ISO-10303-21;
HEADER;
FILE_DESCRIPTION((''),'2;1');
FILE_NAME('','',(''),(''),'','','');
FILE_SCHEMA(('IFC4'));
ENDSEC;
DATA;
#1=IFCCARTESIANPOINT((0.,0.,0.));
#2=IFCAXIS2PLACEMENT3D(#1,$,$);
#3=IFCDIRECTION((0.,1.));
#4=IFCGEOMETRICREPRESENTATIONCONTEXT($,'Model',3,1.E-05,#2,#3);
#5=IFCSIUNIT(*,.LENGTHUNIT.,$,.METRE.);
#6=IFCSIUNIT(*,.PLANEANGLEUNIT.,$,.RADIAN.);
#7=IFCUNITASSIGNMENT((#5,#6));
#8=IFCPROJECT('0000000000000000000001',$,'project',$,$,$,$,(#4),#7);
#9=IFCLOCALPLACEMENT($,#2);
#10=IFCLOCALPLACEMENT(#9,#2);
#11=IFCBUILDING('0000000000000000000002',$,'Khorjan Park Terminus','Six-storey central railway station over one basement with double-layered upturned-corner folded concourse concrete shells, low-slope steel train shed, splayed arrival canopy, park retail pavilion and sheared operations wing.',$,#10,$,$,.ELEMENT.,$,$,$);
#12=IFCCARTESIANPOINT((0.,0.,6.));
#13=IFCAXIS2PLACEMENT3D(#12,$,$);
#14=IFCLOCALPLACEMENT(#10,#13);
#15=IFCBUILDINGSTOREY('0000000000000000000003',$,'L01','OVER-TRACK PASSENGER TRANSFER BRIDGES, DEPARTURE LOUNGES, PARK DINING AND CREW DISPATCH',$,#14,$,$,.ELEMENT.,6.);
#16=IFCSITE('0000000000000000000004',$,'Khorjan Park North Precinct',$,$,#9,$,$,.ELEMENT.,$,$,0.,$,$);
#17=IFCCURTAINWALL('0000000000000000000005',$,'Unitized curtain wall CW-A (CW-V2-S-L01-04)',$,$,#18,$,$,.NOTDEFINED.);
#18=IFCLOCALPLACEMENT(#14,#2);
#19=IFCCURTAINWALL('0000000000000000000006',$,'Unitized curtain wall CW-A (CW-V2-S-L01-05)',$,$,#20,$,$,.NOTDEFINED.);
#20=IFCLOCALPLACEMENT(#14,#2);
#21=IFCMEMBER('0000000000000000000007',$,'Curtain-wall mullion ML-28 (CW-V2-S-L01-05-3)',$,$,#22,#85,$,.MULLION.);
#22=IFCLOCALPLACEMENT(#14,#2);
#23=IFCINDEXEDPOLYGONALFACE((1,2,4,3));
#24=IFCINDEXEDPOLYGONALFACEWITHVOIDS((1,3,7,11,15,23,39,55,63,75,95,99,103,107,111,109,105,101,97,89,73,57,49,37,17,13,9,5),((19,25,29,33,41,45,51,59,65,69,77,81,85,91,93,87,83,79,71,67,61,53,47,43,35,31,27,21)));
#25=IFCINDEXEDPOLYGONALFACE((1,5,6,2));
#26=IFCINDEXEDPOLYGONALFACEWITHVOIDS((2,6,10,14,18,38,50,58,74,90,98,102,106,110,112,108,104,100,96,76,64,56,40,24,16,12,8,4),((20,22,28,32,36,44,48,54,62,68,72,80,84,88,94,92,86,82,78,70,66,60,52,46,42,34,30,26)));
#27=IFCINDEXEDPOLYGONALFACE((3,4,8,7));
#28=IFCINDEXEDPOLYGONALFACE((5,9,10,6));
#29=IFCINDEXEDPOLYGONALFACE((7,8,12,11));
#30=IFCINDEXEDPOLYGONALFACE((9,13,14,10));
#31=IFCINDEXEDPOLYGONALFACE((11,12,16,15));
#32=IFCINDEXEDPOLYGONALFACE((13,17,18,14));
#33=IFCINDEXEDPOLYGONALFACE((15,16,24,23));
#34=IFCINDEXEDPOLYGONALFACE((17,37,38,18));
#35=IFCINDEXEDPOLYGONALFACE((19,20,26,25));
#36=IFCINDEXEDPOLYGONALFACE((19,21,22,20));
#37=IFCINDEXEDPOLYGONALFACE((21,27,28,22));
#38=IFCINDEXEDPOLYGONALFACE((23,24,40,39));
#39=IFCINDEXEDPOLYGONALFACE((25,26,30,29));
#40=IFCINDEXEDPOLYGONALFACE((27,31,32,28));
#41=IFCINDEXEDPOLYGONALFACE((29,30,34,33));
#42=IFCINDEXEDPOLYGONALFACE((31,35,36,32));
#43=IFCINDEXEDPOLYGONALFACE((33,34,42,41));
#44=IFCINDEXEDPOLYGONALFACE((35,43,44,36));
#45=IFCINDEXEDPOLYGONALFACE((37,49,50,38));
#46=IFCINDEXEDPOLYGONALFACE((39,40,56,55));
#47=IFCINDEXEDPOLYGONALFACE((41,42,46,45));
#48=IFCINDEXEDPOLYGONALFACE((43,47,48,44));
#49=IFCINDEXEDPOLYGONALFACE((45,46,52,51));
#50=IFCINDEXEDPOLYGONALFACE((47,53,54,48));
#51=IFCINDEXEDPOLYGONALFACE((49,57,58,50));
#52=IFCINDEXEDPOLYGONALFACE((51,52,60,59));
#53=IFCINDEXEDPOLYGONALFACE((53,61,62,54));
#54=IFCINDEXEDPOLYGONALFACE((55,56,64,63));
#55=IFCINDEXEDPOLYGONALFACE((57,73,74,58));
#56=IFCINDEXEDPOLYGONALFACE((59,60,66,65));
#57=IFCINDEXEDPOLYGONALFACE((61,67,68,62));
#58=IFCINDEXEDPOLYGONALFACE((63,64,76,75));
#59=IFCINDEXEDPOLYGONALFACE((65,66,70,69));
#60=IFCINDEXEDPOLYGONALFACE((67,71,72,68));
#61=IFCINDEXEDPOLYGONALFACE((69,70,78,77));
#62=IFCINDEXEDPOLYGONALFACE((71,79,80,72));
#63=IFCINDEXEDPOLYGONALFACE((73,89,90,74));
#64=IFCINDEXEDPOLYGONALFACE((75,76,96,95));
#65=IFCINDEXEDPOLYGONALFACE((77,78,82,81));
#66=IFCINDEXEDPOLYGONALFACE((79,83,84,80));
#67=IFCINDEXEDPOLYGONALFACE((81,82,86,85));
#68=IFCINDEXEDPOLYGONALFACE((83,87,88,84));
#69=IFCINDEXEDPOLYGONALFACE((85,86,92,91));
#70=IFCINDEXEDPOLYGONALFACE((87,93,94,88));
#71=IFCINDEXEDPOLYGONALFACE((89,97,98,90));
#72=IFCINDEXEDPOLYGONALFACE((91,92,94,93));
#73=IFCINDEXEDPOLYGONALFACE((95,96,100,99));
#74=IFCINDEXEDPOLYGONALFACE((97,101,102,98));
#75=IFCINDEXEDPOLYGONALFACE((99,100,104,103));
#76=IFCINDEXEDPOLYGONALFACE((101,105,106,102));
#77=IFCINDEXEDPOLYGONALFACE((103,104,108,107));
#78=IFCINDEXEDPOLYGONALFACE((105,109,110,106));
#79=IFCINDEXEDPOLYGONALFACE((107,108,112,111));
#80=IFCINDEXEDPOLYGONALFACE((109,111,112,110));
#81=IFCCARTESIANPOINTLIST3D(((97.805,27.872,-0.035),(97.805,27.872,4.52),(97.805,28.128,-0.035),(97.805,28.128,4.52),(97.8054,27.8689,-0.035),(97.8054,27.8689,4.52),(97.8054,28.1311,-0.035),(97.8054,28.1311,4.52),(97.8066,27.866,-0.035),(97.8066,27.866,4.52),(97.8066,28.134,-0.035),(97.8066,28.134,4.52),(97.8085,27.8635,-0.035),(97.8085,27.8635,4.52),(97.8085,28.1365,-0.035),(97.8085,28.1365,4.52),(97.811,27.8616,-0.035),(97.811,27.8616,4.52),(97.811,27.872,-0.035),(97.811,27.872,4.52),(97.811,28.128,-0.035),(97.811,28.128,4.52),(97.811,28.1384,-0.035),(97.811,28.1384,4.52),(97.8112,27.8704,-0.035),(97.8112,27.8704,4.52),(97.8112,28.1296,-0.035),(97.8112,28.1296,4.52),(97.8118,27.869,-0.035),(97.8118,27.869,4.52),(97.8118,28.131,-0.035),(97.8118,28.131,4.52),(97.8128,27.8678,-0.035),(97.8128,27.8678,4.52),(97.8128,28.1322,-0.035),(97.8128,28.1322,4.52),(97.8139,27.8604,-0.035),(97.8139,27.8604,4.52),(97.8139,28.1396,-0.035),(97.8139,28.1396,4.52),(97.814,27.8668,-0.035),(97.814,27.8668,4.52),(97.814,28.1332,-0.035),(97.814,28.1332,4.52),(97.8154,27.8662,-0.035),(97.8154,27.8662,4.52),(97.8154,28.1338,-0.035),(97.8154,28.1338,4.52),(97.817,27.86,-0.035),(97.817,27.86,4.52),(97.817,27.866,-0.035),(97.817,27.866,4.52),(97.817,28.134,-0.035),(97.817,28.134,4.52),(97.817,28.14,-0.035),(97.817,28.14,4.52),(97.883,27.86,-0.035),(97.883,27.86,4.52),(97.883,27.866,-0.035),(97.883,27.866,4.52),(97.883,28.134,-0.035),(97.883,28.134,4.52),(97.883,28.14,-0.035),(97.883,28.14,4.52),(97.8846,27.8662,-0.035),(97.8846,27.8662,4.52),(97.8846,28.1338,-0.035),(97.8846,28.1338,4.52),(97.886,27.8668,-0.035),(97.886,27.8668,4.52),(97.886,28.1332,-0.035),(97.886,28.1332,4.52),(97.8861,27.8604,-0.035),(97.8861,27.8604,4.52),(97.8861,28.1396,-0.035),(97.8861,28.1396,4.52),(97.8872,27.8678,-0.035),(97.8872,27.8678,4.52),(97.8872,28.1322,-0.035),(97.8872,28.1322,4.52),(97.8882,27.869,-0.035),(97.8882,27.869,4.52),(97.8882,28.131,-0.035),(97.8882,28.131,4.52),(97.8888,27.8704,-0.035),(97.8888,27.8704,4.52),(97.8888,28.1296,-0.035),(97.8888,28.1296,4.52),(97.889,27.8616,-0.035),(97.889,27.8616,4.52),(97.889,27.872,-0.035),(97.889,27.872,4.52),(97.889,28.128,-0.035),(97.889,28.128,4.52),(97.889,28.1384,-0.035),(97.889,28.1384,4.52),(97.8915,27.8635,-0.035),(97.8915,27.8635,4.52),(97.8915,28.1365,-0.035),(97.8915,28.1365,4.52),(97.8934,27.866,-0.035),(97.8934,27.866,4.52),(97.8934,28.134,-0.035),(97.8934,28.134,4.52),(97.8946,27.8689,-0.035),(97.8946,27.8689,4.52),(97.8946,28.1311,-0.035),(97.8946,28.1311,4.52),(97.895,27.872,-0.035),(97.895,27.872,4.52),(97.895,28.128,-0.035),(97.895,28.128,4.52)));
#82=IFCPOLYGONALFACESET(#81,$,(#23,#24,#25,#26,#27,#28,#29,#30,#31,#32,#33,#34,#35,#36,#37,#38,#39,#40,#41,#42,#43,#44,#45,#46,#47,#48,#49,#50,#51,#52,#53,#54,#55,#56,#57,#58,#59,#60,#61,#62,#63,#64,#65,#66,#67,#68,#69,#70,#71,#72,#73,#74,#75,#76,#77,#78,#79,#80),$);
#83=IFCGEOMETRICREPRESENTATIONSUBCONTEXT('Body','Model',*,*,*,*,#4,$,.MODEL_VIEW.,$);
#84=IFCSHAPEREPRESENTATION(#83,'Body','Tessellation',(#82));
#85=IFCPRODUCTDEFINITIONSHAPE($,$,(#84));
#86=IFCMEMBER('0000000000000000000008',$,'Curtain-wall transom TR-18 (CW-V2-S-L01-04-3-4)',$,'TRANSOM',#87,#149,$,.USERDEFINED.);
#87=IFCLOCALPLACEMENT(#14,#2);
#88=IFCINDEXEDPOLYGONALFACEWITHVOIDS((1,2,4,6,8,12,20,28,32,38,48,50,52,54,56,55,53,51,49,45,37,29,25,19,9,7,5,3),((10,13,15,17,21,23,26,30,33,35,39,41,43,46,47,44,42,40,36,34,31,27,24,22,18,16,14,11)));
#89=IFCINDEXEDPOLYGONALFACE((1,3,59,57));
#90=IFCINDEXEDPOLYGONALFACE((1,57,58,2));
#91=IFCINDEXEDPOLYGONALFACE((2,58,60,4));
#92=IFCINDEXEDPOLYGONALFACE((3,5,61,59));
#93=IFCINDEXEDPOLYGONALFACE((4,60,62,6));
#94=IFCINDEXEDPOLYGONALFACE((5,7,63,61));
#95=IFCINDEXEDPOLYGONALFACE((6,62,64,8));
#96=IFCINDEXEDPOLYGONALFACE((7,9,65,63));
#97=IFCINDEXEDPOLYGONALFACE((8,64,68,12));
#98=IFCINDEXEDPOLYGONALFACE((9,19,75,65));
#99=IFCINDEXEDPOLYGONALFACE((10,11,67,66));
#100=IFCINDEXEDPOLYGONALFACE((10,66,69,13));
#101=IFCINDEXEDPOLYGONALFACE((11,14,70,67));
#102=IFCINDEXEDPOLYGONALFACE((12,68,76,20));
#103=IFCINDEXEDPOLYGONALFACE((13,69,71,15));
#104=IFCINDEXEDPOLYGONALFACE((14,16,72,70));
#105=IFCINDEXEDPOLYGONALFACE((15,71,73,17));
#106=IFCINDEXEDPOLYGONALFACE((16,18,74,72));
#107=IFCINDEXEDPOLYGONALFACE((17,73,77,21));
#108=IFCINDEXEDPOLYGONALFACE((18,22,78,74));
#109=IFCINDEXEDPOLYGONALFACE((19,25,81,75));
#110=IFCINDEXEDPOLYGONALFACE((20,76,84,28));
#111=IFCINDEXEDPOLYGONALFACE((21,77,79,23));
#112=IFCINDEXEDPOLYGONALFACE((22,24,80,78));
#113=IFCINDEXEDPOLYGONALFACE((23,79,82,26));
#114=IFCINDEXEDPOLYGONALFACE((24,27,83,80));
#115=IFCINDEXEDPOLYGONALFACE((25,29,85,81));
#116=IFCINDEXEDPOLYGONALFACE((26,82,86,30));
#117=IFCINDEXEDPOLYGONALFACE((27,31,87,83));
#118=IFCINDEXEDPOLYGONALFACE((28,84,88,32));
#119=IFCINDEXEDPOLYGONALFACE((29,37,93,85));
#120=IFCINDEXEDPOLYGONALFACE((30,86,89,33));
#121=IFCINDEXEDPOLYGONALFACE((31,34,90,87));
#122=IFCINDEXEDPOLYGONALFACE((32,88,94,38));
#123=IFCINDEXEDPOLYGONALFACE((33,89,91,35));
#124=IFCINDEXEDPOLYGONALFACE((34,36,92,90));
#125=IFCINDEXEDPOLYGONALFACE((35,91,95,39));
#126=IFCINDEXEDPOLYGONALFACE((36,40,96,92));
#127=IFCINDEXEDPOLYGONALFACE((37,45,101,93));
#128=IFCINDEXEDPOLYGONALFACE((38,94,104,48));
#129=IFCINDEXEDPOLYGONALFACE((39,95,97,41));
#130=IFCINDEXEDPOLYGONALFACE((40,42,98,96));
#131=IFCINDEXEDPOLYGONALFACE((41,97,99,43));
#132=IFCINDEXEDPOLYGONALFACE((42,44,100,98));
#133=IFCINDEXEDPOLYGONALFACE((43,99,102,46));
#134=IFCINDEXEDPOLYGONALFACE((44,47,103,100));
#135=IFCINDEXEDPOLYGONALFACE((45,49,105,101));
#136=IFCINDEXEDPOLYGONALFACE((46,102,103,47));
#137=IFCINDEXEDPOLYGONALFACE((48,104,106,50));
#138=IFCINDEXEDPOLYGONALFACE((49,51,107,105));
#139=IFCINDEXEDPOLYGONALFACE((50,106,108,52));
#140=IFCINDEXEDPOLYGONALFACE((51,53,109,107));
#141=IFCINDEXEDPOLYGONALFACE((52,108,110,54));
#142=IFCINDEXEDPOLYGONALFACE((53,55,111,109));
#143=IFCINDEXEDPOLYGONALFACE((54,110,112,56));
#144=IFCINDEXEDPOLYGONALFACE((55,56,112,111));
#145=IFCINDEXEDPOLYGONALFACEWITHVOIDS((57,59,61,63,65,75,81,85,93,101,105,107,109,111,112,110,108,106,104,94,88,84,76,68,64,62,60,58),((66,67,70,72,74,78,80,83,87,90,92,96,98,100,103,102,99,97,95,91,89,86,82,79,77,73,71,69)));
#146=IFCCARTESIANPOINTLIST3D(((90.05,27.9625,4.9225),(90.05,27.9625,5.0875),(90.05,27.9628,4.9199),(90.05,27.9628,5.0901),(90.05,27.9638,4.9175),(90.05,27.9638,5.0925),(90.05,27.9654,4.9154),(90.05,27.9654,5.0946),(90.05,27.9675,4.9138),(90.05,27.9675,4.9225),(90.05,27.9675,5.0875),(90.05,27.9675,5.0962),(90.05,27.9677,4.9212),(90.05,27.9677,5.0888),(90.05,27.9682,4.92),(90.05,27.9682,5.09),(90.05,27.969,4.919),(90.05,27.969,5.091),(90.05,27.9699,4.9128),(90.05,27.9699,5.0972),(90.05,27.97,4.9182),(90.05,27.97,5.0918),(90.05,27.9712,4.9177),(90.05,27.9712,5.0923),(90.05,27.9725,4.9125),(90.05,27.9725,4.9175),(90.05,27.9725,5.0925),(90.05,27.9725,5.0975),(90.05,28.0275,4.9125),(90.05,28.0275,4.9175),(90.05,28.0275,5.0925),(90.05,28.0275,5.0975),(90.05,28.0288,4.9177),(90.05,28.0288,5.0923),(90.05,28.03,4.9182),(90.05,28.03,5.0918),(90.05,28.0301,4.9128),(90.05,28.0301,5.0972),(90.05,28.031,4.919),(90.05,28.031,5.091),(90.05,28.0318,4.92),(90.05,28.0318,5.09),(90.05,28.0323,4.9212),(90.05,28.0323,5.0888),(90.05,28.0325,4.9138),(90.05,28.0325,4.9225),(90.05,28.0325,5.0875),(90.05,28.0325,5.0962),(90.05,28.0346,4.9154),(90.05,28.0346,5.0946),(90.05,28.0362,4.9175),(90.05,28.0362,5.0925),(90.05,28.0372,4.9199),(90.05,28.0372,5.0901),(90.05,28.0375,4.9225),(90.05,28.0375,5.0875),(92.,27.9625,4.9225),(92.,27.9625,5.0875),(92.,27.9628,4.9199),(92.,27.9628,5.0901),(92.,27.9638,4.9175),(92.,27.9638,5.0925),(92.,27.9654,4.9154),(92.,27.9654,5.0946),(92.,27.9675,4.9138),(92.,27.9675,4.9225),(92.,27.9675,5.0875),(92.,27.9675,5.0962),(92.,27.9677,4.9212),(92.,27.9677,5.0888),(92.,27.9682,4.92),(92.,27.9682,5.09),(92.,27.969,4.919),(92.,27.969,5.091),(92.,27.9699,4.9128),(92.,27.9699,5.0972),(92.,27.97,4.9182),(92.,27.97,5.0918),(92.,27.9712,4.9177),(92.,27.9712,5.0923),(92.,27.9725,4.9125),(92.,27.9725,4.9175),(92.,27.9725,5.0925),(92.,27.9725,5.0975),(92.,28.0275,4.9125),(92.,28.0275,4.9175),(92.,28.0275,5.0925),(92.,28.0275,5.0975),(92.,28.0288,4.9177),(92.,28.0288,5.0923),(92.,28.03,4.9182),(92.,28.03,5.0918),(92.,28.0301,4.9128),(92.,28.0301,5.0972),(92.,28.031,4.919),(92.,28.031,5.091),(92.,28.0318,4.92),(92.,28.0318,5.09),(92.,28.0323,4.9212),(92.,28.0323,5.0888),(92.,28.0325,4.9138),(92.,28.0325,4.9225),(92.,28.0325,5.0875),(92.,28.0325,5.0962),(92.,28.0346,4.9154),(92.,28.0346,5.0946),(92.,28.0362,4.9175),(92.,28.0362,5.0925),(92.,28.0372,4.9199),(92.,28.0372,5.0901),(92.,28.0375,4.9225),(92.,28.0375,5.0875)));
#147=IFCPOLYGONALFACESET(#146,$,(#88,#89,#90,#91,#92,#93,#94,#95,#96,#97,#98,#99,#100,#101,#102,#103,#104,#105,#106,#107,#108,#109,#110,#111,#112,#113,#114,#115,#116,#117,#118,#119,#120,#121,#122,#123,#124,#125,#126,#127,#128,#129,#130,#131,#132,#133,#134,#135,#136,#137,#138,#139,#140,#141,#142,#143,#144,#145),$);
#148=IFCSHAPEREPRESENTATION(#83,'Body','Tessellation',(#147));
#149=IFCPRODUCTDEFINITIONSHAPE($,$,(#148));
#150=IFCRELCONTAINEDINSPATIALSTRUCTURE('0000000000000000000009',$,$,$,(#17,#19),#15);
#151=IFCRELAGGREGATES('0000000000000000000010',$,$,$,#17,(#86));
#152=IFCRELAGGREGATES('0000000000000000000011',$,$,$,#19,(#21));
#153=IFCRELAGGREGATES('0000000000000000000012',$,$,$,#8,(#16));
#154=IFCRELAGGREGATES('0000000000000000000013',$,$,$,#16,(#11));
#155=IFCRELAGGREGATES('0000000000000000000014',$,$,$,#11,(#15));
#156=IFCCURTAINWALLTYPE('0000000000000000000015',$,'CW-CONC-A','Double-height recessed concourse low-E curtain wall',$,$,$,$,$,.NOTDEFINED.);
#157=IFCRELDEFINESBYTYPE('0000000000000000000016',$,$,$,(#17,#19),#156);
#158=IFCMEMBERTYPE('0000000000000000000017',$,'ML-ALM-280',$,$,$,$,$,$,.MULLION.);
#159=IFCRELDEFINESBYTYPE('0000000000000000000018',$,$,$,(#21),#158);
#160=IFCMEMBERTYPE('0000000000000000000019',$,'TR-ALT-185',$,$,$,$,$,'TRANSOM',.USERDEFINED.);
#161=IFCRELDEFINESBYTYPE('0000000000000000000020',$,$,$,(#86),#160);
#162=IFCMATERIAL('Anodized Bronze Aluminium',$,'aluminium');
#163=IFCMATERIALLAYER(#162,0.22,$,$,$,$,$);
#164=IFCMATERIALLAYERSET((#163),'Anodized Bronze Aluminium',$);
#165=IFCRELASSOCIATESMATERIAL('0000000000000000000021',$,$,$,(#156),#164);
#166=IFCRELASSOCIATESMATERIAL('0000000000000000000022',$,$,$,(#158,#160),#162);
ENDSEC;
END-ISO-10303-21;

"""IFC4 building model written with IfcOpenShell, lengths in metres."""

from ifc_helpers import new_model, si_unit, direction, frame, origin, origin_2d, place, context, subcontext, project, spatial, hollow_rectangle, extrude, material, layer, layer_set, material_profile, profile_set, type_object, element, aggregate, save


model = new_model("IFC4")

# Units and contexts
model_context = context("Model", 3, precision=1e-05, world=origin(), true_north=direction((0.0, 1.0)))
body_context = subcontext(model_context, "Body", "Model", "MODEL_VIEW")
ifc_project = project(units=[si_unit("LENGTHUNIT", "METRE"), si_unit("PLANEANGLEUNIT", "RADIAN")], contexts=[model_context])

# Site, building, storey
site_placement = place(None, origin())
site = spatial("IfcSite", under=ifc_project, at=site_placement, Name="Khorjan Park North Precinct", CompositionType="ELEMENT", RefElevation=0.0)
building_placement = place(site_placement, origin())
building = spatial("IfcBuilding", under=site, at=building_placement, Name="Khorjan Park Terminus", Description="Six-storey central railway station over one basement with double-layered upturned-corner folded concourse concrete shells, low-slope steel train shed, splayed arrival canopy, park retail pavilion and sheared operations wing.", CompositionType="ELEMENT")
storey_placement = place(building_placement, frame((0.0, 0.0, 6.0)))
storey = spatial("IfcBuildingStorey", under=building, at=storey_placement, Name="L01", Description="OVER-TRACK PASSENGER TRANSFER BRIDGES, DEPARTURE LOUNGES, PARK DINING AND CREW DISPATCH", CompositionType="ELEMENT", Elevation=6.0)

# Curtain wall
ifc_material_1 = material(Name="Anodized Bronze Aluminium", Category="aluminium")
ifc_layer_1 = layer(ifc_material_1, 0.22)
ifc_layer_set_1 = layer_set([ifc_layer_1], Name="Anodized Bronze Aluminium")
curtain_wall_type = type_object("IfcCurtainWallType", Name="CW-CONC-A", Description="Double-height recessed concourse low-E curtain wall", PredefinedType="NOTDEFINED", material=ifc_layer_set_1)
curtain_wall_1_placement = place(storey_placement, origin())
curtain_wall_1 = element("IfcCurtainWall", 1, at=curtain_wall_1_placement, inside=storey, type_object=curtain_wall_type, Name="Unitized curtain wall CW-A (CW-V2-S-L01-04)", PredefinedType="NOTDEFINED")
ifc_material_profile_1 = material_profile(ifc_material_1, hollow_rectangle(XDim=0.09, YDim=0.28, WallThickness=0.006, InnerFilletRadius=0.006, OuterFilletRadius=0.012, at=origin_2d()), Name="ALM 90x280x6")
ifc_profile_set_1 = profile_set([ifc_material_profile_1], Name="Anodized Bronze Aluminium")
member_type_1 = type_object("IfcMemberType", Name="ML-ALM-280", PredefinedType="MULLION", material=ifc_profile_set_1)

# Curtain wall, member
curtain_wall_2_placement = place(storey_placement, origin())
curtain_wall_2 = element("IfcCurtainWall", 2, at=curtain_wall_2_placement, inside=storey, type_object=curtain_wall_type, Name="Unitized curtain wall CW-A (CW-V2-S-L01-05)", PredefinedType="NOTDEFINED")
member_1_placement = place(storey_placement, frame((97.85, 28.0, -0.035), z_axis=(0.0, 0.0, 1.0), x_axis=(1.0, 0.0, 0.0)))
member_1 = element("IfcMember", 3, at=member_1_placement, type_object=member_type_1, Name="Curtain-wall mullion ML-28 (CW-V2-S-L01-05-3)", PredefinedType="MULLION", context=body_context, shape_type="SweptSolid", body=[
    extrude(hollow_rectangle(XDim=0.09, YDim=0.28, WallThickness=0.006, InnerFilletRadius=0.006, OuterFilletRadius=0.012, at=origin_2d()), origin(), (0.0, 0.0, 1.0), 4.555),
])

# Member
ifc_material_profile_2 = material_profile(ifc_material_1, hollow_rectangle(XDim=0.075, YDim=0.185, WallThickness=0.005, InnerFilletRadius=0.005, OuterFilletRadius=0.01, at=origin_2d()), Name="ALT 75x185x5")
ifc_profile_set_2 = profile_set([ifc_material_profile_2], Name="Anodized Bronze Aluminium")
member_type_2 = type_object("IfcMemberType", Name="TR-ALT-185", ElementType="TRANSOM", PredefinedType="USERDEFINED", material=ifc_profile_set_2)
member_2_placement = place(storey_placement, frame((90.05, 28.0, 5.005), z_axis=(1.0, 0.0, 0.0), x_axis=(0.0, 1.0, 0.0)))
member_2 = element("IfcMember", 4, at=member_2_placement, type_object=member_type_2, Name="Curtain-wall transom TR-18 (CW-V2-S-L01-04-3-4)", ObjectType="TRANSOM", PredefinedType="USERDEFINED", context=body_context, shape_type="SweptSolid", body=[
    extrude(hollow_rectangle(XDim=0.075, YDim=0.185, WallThickness=0.005, InnerFilletRadius=0.005, OuterFilletRadius=0.01, at=origin_2d()), origin(), (0.0, 0.0, 1.0), 1.95),
])

aggregate(curtain_wall_1, [member_2])
aggregate(curtain_wall_2, [member_1])

save(model, "model.ifc")
